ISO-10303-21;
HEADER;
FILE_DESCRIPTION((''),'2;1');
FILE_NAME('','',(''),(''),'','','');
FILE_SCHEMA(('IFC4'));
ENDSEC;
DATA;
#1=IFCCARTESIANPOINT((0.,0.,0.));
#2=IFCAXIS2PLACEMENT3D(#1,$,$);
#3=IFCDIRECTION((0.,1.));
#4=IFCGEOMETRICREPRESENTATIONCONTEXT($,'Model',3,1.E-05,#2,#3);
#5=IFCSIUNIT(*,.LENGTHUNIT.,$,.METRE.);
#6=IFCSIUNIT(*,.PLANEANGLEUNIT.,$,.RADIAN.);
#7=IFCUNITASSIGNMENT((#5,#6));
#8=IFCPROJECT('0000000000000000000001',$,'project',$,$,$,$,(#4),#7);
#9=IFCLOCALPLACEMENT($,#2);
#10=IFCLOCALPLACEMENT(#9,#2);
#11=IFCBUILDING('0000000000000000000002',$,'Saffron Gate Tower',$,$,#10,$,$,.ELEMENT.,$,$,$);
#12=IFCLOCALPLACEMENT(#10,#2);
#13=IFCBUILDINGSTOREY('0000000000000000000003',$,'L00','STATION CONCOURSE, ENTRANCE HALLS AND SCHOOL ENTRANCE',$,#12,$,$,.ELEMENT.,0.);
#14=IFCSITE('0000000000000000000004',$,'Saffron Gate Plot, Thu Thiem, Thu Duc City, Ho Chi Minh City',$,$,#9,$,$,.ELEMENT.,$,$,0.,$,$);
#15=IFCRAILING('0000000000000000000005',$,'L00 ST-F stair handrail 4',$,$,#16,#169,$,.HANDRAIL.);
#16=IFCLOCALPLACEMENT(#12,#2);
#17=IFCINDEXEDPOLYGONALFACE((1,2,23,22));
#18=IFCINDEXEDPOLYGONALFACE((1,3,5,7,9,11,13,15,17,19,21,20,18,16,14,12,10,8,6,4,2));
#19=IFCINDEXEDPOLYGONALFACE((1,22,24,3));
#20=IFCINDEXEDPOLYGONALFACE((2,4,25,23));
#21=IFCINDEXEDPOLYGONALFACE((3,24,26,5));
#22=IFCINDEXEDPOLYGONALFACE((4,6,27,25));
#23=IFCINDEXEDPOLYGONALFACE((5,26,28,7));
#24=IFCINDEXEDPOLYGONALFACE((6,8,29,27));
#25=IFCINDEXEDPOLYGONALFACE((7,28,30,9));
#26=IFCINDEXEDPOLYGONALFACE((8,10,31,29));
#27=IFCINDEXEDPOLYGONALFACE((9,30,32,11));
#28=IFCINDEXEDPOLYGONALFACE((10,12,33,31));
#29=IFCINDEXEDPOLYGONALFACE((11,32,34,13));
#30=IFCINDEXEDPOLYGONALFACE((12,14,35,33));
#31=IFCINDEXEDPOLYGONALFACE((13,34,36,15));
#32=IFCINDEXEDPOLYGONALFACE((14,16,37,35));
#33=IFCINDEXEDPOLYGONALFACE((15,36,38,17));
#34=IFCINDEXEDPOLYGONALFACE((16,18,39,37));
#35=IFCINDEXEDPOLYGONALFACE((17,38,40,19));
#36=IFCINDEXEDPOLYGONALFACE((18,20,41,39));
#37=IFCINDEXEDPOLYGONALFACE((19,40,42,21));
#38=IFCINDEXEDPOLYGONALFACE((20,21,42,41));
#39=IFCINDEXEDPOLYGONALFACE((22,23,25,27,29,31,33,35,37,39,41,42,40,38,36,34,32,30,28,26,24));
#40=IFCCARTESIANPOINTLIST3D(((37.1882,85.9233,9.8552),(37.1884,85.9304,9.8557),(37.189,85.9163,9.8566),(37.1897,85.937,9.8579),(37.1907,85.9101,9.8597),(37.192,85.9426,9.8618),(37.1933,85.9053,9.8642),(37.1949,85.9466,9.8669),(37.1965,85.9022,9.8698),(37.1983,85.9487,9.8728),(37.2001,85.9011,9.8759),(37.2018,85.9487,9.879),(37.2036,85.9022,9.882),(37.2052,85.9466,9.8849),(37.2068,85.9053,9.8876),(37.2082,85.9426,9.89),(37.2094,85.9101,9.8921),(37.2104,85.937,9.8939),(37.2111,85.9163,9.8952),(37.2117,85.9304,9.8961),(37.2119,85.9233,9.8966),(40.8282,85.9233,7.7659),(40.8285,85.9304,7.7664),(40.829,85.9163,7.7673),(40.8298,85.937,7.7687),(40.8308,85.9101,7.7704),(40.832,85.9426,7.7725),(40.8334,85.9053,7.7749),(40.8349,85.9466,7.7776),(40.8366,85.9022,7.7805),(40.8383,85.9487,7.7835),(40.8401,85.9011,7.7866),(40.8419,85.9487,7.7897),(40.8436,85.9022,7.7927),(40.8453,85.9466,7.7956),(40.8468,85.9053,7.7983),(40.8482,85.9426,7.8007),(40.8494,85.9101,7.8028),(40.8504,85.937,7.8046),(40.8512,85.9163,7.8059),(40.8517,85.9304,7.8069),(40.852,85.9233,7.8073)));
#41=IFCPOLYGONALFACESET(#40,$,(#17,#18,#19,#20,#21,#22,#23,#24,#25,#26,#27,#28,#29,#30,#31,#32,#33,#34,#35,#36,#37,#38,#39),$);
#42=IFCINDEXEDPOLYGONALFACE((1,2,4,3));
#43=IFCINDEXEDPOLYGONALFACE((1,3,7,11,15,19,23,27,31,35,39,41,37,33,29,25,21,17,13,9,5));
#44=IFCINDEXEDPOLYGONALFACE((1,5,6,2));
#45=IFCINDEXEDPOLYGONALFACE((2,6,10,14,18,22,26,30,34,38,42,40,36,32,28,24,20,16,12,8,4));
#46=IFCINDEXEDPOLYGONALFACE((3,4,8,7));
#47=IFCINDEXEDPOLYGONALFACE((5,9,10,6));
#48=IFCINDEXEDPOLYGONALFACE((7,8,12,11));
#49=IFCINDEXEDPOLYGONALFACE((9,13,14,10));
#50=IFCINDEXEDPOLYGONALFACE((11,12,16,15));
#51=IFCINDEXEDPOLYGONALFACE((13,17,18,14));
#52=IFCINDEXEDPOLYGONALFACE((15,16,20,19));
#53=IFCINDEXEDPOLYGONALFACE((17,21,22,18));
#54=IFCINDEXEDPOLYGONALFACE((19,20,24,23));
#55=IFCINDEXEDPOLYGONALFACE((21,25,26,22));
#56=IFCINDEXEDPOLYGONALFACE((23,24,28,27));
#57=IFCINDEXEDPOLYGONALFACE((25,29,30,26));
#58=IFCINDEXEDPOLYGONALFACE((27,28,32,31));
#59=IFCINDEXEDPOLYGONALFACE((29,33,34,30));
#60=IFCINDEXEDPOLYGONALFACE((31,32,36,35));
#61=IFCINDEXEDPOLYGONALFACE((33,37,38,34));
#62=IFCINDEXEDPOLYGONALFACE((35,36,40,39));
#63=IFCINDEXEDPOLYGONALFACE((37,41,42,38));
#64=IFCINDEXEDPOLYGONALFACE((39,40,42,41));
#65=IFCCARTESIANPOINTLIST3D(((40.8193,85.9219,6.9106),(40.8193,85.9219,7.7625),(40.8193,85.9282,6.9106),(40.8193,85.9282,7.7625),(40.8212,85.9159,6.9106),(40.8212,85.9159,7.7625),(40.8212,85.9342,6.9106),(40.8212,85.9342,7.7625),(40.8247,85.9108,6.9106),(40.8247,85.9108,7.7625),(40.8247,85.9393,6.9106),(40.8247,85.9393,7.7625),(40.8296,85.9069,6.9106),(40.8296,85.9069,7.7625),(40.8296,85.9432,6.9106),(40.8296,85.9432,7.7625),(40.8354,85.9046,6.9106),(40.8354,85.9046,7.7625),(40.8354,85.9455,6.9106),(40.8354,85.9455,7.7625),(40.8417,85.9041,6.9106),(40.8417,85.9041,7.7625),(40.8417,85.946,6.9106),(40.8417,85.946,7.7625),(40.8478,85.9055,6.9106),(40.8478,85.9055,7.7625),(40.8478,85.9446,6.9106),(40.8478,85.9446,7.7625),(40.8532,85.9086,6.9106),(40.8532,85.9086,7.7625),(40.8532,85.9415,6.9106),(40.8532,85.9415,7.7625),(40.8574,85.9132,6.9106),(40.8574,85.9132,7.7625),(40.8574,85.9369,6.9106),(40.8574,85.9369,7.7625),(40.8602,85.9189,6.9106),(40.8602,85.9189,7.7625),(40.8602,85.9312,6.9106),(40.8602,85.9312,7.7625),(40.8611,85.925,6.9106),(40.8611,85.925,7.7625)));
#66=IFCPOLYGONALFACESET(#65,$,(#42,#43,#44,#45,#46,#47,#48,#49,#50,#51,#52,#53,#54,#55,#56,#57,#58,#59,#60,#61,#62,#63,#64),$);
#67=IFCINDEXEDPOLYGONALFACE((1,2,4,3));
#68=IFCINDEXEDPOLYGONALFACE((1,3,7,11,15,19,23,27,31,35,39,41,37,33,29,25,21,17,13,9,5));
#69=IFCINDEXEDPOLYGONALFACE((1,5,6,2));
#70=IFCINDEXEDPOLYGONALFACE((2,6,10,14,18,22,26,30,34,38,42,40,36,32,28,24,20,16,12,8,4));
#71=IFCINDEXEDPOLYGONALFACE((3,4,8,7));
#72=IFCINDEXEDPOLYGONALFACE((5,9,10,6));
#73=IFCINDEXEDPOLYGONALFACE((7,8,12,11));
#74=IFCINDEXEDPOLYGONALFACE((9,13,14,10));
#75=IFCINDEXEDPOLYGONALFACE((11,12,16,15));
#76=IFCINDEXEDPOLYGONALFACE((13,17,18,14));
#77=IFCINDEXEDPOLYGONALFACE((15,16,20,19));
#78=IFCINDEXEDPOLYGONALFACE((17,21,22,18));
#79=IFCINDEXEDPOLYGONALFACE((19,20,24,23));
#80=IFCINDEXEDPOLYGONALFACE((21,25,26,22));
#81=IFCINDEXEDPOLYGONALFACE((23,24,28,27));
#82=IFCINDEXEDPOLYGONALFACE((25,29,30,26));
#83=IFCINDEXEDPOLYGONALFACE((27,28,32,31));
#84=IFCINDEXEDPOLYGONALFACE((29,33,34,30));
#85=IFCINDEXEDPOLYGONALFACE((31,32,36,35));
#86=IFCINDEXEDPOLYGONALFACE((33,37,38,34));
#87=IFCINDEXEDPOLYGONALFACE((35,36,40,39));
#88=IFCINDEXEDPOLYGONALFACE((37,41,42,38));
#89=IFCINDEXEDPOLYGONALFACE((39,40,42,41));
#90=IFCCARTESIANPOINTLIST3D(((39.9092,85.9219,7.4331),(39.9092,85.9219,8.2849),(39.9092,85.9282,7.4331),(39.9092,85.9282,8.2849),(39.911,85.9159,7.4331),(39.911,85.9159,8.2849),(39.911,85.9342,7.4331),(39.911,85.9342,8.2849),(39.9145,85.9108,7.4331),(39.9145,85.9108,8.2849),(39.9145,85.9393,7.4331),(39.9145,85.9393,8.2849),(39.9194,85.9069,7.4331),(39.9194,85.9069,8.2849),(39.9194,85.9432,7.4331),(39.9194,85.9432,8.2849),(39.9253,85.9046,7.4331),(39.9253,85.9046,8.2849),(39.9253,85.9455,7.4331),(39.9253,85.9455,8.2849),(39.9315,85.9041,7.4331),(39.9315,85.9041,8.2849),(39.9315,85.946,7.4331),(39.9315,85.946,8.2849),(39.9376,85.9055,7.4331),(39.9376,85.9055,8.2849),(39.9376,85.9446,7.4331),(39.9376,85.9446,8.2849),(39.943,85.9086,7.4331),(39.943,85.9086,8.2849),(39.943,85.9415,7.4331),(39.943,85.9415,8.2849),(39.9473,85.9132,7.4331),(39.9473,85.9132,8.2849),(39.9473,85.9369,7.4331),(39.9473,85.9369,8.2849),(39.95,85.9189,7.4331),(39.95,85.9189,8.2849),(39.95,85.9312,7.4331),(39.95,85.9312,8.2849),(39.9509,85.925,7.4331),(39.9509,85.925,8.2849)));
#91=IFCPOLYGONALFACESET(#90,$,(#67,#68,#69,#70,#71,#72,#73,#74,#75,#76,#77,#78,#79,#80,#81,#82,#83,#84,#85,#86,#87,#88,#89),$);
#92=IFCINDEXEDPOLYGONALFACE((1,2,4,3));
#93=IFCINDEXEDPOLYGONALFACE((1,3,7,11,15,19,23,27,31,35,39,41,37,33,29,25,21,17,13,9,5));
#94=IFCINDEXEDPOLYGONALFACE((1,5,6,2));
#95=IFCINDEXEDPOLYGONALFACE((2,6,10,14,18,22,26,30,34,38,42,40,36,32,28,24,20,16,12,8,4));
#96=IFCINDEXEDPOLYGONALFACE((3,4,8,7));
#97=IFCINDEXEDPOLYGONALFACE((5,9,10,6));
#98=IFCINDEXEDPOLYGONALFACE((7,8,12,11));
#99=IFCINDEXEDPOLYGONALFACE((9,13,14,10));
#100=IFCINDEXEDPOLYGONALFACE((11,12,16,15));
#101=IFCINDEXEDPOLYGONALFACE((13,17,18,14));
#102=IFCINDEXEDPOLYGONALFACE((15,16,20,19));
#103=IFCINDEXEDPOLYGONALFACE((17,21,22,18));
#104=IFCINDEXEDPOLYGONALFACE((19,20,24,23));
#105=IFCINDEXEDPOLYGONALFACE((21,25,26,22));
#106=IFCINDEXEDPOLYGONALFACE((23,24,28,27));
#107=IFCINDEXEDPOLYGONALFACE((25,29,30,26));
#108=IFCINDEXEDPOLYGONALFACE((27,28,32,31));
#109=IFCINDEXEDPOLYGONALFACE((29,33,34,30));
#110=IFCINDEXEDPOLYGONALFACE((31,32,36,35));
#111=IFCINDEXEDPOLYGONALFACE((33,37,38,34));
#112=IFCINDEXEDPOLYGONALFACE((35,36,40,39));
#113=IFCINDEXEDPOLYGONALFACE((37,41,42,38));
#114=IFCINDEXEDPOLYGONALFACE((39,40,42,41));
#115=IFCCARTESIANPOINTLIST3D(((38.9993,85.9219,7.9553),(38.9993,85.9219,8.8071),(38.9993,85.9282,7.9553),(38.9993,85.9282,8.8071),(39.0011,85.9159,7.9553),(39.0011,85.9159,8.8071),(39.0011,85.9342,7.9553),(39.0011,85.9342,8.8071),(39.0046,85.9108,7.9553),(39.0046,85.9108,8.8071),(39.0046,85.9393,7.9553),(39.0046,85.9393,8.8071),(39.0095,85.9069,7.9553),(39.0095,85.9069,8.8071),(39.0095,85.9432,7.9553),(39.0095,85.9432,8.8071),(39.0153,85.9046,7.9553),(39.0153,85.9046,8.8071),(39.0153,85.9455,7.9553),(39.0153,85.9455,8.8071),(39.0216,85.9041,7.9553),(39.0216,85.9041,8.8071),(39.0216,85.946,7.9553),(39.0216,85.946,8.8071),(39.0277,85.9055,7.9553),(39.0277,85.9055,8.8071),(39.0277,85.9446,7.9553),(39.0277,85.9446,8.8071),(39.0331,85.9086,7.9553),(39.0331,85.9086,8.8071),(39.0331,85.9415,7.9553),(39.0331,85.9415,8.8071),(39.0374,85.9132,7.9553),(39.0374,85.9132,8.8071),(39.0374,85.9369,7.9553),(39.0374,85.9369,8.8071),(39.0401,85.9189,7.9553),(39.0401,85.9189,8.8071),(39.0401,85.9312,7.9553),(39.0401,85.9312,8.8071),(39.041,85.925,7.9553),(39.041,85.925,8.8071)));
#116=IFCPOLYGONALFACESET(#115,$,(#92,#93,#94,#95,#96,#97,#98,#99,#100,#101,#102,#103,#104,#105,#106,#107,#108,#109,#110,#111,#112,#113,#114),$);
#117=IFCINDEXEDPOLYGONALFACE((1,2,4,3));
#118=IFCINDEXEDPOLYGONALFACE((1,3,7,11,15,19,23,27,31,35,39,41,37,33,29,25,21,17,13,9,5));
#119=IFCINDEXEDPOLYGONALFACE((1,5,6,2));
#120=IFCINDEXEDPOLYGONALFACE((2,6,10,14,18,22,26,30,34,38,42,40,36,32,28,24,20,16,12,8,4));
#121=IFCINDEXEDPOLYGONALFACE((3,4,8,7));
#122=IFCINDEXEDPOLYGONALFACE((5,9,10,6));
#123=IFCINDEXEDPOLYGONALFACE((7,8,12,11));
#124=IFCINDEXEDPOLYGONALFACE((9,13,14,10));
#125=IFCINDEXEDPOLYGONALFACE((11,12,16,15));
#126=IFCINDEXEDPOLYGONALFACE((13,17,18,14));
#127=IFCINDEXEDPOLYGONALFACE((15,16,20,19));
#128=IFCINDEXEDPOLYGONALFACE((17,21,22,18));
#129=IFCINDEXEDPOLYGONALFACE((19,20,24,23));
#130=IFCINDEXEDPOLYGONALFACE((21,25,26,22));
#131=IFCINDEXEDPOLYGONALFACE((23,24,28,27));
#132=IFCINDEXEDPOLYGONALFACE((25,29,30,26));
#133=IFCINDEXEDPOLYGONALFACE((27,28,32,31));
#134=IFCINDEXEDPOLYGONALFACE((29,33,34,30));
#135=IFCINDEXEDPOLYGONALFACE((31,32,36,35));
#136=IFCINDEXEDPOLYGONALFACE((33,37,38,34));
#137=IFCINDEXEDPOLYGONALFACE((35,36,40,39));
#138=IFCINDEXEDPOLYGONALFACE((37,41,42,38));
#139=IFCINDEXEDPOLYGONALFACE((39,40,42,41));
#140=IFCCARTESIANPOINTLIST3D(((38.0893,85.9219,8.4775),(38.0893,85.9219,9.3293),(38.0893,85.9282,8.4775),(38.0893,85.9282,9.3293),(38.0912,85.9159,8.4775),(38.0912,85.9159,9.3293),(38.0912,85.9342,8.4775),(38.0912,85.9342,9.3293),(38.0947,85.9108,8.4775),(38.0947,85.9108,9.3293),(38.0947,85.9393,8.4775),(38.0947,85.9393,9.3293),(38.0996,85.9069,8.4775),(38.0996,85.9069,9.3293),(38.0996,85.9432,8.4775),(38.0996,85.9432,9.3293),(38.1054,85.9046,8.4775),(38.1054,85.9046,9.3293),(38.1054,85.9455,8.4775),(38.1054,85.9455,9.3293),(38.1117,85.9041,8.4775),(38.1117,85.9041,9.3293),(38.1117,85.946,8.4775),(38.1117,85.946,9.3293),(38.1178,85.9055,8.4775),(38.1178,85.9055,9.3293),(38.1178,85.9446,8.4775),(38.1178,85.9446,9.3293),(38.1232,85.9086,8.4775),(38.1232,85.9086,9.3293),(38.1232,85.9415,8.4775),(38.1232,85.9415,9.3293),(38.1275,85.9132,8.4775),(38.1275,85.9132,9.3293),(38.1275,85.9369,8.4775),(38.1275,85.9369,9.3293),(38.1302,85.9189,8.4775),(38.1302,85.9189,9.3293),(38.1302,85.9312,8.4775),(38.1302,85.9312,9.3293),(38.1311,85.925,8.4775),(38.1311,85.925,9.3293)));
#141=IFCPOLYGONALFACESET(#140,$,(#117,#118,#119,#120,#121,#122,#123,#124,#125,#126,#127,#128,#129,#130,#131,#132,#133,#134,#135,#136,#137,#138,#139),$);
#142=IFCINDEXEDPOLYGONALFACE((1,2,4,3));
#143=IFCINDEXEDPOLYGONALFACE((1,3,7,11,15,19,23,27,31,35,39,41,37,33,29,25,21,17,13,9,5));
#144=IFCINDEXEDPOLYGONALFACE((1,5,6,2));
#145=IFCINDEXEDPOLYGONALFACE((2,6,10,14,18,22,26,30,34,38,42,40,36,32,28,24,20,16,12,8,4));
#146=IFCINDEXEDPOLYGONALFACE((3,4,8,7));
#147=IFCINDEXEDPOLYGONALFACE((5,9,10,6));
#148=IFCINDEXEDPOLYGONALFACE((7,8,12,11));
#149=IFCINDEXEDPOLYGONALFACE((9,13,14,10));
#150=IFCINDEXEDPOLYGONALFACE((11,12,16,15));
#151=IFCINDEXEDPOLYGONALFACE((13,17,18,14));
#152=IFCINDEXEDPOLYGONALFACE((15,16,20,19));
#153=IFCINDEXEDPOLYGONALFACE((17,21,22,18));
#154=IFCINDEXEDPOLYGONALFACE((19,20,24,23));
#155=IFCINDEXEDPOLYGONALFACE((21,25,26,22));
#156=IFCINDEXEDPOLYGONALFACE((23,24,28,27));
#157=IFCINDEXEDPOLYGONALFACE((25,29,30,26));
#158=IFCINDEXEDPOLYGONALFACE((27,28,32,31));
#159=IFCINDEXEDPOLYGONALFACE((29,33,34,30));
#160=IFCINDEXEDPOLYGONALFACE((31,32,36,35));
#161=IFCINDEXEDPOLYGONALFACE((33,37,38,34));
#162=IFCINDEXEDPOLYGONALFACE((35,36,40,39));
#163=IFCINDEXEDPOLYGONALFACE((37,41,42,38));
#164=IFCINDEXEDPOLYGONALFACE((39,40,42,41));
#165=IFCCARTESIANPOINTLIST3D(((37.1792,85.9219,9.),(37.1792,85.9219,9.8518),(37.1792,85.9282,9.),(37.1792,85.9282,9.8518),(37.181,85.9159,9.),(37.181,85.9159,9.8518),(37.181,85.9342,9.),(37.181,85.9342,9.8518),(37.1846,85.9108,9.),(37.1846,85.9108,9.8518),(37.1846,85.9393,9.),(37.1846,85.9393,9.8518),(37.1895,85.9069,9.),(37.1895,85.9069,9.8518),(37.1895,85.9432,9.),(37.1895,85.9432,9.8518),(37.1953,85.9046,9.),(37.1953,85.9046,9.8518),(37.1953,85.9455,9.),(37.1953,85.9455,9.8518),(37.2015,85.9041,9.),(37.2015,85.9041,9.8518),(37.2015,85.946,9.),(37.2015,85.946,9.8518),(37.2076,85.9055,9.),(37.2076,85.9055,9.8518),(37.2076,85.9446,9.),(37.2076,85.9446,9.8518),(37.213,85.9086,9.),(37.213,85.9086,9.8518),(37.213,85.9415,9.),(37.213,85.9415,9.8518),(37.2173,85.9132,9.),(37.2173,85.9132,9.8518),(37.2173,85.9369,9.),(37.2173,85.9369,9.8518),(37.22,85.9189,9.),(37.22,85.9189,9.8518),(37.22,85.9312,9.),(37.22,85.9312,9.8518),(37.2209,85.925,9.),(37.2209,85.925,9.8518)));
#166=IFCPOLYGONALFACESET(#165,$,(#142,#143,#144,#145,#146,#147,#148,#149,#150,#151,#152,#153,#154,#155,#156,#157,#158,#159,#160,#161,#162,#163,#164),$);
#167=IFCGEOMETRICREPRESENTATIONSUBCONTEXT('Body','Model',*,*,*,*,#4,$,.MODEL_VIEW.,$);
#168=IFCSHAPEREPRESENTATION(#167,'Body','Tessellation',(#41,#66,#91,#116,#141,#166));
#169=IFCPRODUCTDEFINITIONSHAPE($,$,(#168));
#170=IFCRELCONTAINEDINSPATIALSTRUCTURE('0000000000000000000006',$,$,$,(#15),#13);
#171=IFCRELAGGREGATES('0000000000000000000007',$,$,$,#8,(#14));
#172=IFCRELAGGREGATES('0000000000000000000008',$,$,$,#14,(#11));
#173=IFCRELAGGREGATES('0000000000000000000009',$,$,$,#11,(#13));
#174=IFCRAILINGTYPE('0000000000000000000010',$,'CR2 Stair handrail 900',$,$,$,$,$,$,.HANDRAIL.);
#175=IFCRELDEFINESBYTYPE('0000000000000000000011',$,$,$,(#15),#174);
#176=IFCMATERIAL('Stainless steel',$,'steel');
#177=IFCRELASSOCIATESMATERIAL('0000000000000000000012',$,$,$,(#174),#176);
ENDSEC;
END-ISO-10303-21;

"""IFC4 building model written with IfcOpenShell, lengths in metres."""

from ifc_helpers import new_model, si_unit, direction, frame, origin, origin_2d, place, context, subcontext, project, spatial, circle, extrude, material, type_object, element, save


model = new_model("IFC4")

# Units and contexts
model_context = context("Model", 3, precision=1e-05, world=origin(), true_north=direction((0.0, 1.0)))
body_context = subcontext(model_context, "Body", "Model", "MODEL_VIEW")
ifc_project = project(units=[si_unit("LENGTHUNIT", "METRE"), si_unit("PLANEANGLEUNIT", "RADIAN")], contexts=[model_context])

# Site, building, storey
site_placement = place(None, origin())
site = spatial("IfcSite", under=ifc_project, at=site_placement, Name="Saffron Gate Plot, Thu Thiem, Thu Duc City, Ho Chi Minh City", CompositionType="ELEMENT", RefElevation=0.0)
building_placement = place(site_placement, origin())
building = spatial("IfcBuilding", under=site, at=building_placement, Name="Saffron Gate Tower", CompositionType="ELEMENT")
storey_placement = place(building_placement, origin())
storey = spatial("IfcBuildingStorey", under=building, at=storey_placement, Name="L00", Description="STATION CONCOURSE, ENTRANCE HALLS AND SCHOOL ENTRANCE", CompositionType="ELEMENT", Elevation=0.0)

# Railing
ifc_material_1 = material(Name="Stainless steel", Category="steel")
railing_type = type_object("IfcRailingType", Name="CR2 Stair handrail 900", PredefinedType="HANDRAIL", material=ifc_material_1)
railing_placement = place(storey_placement, frame((40.8401, 85.925, 6.9106)))
element("IfcRailing", 1, at=railing_placement, inside=storey, type_object=railing_type, Name="L00 ST-F stair handrail 4", PredefinedType="HANDRAIL", context=body_context, shape_type="SweptSolid", body=[
    extrude(circle(Radius=0.0239, at=origin_2d()), frame((0.0, 0.0, 0.876), z_axis=(-0.867289, 0.0, 0.497804), x_axis=(0.0, -1.0, 0.0)), (0.0, 0.0, 1.0), 4.197),
    extrude(circle(Radius=0.021, at=origin_2d()), origin(), (0.0, 0.0, 1.0), 0.8518),
    extrude(circle(Radius=0.021, at=origin_2d()), frame((-0.9102, 0.0, 0.5225)), (0.0, 0.0, 1.0), 0.8518),
    extrude(circle(Radius=0.021, at=origin_2d()), frame((-1.8201, 0.0, 1.0447)), (0.0, 0.0, 1.0), 0.8518),
    extrude(circle(Radius=0.021, at=origin_2d()), frame((-2.73, 0.0, 1.5669)), (0.0, 0.0, 1.0), 0.8518),
    extrude(circle(Radius=0.021, at=origin_2d()), frame((-3.6401, 0.0, 2.0894)), (0.0, 0.0, 1.0), 0.8518),
])

save(model, "model.ifc")
